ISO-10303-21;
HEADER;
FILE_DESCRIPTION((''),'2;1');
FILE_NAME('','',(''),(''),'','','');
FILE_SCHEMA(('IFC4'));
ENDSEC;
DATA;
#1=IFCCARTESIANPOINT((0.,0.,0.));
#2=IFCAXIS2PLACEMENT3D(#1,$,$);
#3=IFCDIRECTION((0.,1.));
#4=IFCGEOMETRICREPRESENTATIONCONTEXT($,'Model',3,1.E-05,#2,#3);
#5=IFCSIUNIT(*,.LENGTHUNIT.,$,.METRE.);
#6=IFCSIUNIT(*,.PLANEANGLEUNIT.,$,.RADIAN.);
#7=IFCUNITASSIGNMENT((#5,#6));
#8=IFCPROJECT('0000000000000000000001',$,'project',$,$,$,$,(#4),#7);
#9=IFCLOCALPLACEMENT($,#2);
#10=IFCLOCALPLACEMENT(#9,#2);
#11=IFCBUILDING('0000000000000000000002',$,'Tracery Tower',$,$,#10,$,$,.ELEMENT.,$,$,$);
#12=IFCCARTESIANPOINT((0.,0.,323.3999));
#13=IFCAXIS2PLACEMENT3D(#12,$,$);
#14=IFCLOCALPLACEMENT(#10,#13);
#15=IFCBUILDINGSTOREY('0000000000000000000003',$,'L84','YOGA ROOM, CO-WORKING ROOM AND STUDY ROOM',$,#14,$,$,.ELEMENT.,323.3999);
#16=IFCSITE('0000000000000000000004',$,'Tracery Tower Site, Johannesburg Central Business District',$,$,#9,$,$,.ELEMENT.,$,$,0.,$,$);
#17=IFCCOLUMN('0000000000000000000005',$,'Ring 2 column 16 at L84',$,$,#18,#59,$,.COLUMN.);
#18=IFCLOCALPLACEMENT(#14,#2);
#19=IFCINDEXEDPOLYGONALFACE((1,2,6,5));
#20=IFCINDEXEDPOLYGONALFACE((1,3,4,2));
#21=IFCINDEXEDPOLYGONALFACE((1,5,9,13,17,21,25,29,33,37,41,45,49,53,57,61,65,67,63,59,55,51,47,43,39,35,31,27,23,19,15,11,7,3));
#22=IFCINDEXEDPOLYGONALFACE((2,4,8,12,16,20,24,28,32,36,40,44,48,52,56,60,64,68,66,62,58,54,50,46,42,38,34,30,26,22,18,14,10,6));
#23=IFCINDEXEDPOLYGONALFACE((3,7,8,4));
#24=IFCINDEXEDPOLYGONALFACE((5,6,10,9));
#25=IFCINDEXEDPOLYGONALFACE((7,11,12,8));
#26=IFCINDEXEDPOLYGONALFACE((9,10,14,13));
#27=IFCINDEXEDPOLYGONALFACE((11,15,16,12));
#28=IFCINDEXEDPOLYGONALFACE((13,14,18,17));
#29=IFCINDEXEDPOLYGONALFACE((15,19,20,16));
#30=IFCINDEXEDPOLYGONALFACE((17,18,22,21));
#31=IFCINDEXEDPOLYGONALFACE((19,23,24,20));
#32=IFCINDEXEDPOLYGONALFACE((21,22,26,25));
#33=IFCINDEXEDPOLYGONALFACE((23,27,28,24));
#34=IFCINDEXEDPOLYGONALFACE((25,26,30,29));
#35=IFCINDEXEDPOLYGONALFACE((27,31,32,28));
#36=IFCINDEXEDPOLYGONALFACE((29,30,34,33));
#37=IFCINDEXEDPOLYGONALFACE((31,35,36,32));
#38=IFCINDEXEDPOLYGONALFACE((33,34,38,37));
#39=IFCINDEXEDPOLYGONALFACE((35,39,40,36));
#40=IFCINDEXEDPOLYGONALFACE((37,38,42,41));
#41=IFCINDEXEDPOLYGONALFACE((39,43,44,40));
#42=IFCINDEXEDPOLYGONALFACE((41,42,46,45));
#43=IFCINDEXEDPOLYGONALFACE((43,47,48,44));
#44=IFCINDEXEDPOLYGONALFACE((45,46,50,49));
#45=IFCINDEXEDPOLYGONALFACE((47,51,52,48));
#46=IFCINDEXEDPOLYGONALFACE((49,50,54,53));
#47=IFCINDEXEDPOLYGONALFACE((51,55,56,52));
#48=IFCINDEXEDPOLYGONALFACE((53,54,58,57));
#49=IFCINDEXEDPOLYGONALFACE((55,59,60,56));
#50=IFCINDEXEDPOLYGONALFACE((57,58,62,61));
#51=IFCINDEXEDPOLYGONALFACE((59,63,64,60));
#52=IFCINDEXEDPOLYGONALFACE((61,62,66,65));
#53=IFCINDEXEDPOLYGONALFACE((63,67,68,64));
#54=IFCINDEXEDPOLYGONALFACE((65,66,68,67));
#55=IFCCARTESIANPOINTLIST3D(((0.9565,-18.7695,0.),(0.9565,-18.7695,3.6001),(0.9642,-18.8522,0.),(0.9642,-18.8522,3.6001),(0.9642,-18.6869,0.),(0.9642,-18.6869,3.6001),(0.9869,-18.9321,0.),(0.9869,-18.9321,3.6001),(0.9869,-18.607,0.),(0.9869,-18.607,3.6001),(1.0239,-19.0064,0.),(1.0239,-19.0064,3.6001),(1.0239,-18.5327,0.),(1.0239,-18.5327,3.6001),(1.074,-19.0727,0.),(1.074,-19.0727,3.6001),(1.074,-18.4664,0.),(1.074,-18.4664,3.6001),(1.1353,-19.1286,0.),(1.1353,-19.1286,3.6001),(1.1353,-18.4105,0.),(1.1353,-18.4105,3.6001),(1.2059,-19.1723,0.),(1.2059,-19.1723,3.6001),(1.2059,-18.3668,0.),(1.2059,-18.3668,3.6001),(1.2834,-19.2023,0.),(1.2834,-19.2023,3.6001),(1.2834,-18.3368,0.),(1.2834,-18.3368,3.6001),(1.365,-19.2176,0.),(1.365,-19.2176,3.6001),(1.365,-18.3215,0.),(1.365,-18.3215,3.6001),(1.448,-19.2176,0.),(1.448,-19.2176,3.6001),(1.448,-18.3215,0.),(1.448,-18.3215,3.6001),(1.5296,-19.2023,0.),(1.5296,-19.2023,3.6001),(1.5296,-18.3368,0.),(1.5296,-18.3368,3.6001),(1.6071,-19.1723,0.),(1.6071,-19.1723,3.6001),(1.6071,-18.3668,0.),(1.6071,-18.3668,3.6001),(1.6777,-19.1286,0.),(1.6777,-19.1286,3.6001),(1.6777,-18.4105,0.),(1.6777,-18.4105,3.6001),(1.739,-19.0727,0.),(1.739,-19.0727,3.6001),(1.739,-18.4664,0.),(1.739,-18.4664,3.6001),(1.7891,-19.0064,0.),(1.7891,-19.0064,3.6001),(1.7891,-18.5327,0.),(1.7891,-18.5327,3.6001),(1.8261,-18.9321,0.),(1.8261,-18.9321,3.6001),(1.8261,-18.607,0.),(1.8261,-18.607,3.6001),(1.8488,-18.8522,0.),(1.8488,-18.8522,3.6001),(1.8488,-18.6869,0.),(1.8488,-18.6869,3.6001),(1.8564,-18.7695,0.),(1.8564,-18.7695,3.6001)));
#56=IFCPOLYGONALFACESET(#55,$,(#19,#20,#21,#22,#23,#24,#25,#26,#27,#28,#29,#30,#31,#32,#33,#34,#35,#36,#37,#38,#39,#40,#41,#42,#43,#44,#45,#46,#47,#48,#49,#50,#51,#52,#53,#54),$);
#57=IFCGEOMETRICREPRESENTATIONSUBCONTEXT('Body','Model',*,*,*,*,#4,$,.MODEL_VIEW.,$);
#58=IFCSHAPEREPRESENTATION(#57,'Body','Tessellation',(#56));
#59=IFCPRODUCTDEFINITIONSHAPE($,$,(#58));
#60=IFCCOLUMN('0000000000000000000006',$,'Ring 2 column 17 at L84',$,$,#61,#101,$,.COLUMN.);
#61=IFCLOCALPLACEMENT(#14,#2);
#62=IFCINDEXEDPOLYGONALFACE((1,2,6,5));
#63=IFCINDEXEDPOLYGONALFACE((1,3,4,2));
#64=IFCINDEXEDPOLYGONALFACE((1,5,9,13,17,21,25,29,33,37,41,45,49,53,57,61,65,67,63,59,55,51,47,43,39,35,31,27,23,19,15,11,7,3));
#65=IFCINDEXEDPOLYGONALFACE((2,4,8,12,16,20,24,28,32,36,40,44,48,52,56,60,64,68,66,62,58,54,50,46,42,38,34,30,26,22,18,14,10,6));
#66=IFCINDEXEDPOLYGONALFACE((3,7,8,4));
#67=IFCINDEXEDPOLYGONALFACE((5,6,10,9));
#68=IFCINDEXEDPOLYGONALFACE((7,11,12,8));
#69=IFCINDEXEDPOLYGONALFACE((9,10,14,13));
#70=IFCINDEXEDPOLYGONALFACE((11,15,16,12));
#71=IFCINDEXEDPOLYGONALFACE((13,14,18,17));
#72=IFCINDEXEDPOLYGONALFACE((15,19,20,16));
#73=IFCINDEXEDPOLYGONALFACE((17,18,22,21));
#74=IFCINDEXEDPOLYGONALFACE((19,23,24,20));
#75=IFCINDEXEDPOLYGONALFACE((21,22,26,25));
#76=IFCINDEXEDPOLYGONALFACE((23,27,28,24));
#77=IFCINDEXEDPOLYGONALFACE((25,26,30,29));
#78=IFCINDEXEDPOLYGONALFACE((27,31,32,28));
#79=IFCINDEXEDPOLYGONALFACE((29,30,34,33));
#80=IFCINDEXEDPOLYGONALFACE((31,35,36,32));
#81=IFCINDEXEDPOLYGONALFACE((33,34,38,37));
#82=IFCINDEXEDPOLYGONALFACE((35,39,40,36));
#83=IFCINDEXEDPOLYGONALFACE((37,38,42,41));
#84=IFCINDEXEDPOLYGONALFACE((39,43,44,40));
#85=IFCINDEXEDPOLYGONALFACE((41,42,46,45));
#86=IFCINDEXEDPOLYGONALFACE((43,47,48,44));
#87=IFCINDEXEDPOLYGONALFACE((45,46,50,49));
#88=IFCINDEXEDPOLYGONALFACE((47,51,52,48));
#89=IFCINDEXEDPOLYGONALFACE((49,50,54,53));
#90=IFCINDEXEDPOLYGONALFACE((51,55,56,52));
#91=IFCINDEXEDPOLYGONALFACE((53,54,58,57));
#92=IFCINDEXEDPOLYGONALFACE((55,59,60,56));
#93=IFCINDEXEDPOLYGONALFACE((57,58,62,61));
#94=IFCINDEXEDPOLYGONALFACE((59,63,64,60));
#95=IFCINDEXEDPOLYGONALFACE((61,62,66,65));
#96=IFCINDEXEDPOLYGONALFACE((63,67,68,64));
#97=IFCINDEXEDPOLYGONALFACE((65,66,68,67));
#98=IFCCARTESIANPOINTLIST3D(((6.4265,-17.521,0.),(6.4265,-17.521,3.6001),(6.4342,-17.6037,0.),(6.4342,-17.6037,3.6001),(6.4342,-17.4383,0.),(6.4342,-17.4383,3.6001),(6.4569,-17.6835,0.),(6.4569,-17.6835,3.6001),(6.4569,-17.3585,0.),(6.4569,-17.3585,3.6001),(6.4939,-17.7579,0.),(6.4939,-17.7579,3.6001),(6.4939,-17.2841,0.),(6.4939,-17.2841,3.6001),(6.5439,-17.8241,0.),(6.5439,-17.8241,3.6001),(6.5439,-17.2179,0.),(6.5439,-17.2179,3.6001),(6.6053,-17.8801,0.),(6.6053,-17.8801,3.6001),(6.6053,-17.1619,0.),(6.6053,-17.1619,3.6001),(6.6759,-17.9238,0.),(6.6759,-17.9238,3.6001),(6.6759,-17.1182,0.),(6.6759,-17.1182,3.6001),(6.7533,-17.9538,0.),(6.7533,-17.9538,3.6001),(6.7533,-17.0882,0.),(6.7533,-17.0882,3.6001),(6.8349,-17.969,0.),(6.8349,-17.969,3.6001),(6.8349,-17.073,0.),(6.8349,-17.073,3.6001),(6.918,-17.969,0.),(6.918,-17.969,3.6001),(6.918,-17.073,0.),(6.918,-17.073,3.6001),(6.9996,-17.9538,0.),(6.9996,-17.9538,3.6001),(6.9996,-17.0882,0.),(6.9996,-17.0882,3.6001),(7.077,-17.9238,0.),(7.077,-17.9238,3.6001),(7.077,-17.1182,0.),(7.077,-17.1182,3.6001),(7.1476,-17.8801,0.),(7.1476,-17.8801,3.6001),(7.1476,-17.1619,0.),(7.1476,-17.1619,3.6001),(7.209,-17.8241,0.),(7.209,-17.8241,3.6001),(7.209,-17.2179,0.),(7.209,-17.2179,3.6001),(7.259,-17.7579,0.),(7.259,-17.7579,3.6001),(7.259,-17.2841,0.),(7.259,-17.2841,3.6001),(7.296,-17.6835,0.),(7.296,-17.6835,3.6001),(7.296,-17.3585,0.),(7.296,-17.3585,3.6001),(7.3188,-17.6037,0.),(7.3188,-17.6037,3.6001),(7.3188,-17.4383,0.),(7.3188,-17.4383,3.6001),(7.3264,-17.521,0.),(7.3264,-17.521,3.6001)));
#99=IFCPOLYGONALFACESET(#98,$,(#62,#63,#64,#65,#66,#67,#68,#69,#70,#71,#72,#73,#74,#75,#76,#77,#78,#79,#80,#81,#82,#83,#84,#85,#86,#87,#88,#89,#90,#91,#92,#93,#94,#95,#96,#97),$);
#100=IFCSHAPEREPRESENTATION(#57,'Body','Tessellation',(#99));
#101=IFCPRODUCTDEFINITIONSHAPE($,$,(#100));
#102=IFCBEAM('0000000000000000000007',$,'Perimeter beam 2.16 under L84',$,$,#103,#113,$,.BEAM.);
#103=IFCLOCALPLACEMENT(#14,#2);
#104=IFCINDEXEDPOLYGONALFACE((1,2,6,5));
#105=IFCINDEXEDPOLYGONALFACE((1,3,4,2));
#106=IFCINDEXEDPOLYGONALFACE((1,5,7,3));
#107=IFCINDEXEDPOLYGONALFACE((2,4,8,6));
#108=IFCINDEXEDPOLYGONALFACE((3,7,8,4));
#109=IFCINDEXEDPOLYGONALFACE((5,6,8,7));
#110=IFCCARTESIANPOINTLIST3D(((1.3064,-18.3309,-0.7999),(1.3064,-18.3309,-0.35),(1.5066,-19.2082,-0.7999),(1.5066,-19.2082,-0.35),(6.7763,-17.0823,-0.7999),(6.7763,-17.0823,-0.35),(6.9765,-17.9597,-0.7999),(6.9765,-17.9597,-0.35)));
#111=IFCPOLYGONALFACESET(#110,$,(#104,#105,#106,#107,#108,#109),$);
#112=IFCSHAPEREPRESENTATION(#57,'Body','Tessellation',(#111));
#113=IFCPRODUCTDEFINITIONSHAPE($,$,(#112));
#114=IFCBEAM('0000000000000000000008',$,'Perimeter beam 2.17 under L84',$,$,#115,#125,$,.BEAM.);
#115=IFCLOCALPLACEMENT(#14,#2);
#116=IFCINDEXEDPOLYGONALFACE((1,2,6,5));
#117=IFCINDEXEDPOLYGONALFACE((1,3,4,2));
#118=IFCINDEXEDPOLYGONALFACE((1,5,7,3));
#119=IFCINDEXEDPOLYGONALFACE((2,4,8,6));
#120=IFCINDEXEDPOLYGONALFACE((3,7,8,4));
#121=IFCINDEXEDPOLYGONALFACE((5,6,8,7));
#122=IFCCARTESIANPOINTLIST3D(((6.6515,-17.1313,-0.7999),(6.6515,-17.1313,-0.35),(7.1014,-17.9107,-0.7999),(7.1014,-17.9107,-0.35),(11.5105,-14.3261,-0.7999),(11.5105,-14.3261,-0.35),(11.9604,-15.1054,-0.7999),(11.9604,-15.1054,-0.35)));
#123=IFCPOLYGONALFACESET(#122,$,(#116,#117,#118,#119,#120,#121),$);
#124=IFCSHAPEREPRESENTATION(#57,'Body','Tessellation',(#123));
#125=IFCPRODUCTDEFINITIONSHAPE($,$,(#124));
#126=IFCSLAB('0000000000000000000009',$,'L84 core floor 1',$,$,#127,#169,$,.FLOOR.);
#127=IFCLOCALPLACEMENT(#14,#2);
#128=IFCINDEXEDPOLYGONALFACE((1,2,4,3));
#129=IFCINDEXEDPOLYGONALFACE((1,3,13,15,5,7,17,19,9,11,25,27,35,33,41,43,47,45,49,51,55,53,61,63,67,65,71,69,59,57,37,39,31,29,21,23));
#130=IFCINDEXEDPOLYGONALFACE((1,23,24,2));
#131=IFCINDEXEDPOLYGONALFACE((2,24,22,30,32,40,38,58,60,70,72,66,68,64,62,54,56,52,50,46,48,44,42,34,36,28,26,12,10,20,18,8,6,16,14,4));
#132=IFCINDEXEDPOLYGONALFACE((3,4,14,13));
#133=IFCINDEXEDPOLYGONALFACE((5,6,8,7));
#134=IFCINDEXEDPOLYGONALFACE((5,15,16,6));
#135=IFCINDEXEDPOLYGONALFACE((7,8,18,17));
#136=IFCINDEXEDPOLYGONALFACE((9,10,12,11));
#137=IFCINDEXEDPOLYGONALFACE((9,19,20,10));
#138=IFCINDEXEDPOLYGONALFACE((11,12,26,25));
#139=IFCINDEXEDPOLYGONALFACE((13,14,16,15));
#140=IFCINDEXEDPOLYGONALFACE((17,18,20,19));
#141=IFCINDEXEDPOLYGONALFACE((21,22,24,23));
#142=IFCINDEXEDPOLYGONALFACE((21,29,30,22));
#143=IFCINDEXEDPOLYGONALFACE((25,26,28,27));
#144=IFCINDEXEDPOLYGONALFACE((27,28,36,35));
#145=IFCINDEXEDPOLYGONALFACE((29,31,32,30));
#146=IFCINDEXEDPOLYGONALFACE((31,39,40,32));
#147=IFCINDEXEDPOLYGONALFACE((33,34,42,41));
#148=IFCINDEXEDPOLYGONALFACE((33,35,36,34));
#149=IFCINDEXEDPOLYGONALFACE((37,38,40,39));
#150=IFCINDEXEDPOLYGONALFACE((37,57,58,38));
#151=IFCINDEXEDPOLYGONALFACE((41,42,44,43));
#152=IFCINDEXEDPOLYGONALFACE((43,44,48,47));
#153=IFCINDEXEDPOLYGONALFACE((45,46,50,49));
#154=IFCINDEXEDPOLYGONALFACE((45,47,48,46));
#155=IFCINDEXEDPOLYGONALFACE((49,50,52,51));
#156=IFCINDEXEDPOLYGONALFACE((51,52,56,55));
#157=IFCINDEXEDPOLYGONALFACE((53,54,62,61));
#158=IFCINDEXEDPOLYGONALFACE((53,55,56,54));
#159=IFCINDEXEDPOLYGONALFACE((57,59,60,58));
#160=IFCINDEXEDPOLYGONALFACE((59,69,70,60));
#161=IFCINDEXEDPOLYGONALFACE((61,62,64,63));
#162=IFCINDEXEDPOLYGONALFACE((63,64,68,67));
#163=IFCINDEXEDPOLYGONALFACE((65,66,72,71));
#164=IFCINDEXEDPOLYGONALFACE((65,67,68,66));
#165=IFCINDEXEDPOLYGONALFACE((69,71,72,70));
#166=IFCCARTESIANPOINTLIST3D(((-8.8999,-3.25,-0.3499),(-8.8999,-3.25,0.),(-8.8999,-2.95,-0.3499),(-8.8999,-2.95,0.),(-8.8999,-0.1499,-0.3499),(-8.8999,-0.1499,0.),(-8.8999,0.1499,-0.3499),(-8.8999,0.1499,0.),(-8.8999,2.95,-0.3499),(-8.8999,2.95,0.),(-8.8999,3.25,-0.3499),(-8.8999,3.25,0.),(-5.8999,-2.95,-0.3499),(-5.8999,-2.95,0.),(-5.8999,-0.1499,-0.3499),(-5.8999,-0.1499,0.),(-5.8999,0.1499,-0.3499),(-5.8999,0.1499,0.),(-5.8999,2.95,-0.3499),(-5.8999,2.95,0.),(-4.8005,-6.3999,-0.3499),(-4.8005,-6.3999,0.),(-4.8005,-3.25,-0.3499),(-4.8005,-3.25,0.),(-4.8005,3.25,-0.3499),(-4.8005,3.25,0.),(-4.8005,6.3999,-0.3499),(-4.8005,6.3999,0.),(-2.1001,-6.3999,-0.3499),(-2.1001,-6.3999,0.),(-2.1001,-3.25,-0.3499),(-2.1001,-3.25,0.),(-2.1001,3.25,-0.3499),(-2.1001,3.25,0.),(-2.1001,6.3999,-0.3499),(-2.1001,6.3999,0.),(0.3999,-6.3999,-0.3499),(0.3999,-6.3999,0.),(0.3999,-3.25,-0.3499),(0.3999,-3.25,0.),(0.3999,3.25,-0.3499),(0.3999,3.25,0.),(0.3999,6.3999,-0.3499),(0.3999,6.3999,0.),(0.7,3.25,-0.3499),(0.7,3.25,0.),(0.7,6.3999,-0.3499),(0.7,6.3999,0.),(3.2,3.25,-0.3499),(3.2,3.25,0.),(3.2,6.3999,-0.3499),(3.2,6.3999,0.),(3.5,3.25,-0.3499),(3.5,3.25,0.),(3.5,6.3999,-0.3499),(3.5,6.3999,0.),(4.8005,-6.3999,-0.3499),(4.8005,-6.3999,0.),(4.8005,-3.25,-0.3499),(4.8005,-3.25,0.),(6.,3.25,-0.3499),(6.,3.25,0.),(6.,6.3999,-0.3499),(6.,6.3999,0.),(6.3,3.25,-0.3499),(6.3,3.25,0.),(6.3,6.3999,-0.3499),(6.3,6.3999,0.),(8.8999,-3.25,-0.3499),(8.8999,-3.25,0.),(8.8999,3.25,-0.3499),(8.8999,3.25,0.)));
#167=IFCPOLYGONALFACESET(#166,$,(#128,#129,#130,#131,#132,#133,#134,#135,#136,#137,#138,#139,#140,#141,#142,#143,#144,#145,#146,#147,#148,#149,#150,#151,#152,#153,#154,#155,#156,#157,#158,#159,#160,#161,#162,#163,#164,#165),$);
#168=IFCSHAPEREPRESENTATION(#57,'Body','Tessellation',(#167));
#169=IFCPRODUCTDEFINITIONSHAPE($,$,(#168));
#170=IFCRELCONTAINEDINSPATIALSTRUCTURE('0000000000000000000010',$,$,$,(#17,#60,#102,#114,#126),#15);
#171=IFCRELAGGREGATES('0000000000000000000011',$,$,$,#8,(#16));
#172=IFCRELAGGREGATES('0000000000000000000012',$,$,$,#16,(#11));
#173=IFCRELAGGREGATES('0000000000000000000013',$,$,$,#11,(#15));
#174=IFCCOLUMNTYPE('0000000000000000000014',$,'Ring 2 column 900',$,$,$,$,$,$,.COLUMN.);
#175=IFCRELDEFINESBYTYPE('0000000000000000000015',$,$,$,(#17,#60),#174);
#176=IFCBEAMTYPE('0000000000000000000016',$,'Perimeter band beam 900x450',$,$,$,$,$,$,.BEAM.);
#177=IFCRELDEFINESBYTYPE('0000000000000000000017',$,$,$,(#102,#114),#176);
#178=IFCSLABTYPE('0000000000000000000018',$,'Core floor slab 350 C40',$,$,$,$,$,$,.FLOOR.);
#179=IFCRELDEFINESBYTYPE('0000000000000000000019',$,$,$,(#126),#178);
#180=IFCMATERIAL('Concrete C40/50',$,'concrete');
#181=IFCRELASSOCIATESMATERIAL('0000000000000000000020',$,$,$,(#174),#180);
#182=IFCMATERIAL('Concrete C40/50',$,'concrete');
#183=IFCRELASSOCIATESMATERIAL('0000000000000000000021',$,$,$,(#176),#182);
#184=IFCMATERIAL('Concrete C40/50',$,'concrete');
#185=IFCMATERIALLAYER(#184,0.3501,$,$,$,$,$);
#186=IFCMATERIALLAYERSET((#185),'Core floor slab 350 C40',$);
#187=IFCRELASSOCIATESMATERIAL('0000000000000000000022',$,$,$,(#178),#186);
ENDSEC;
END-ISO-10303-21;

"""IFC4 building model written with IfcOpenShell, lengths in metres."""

from ifc_helpers import new_model, si_unit, direction, frame, origin, origin_2d, place, context, subcontext, project, spatial, polyline, rectangle, circle, outline, extrude, material, layer, layer_set, material_profile, profile_set, type_object, element, save


model = new_model("IFC4")

# Units and contexts
model_context = context("Model", 3, precision=1e-05, world=origin(), true_north=direction((0.0, 1.0)))
body_context = subcontext(model_context, "Body", "Model", "MODEL_VIEW")
ifc_project = project(units=[si_unit("LENGTHUNIT", "METRE"), si_unit("PLANEANGLEUNIT", "RADIAN")], contexts=[model_context])

# Site, building, storey
site_placement = place(None, origin())
site = spatial("IfcSite", under=ifc_project, at=site_placement, Name="Tracery Tower Site, Johannesburg Central Business District", CompositionType="ELEMENT", RefElevation=0.0)
building_placement = place(site_placement, origin())
building = spatial("IfcBuilding", under=site, at=building_placement, Name="Tracery Tower", CompositionType="ELEMENT")
storey_placement = place(building_placement, frame((0.0, 0.0, 323.3999)))
storey = spatial("IfcBuildingStorey", under=building, at=storey_placement, Name="L84", Description="YOGA ROOM, CO-WORKING ROOM AND STUDY ROOM", CompositionType="ELEMENT", Elevation=323.3999)

# Columns
ifc_material_1 = material(Name="Concrete C40/50", Category="concrete")
ifc_material_profile_1 = material_profile(ifc_material_1, circle(Radius=0.45, at=origin_2d()), Name="RC D900")
ifc_profile_set_1 = profile_set([ifc_material_profile_1], Name="Concrete C40/50")
column_type = type_object("IfcColumnType", Name="Ring 2 column 900", PredefinedType="COLUMN", material=ifc_profile_set_1)
for number, where, z_axis, x_axis, name in (
    (1, (1.4065, -18.7695, 0.0), (0.0, 0.0, 1.0), (1.0, 0.0, 0.0), "Ring 2 column 16 at L84"),
    (2, (6.8765, -17.521, 0.0), (0.0, 0.0, 1.0), (1.0, 0.0, 0.0), "Ring 2 column 17 at L84"),
):
    element("IfcColumn", number, at=place(storey_placement, frame(where, z_axis=z_axis, x_axis=x_axis)), inside=storey, type_object=column_type, Name=name, PredefinedType="COLUMN", context=body_context, shape_type="SweptSolid", body=[
        extrude(circle(Radius=0.45, at=origin_2d()), origin(), (0.0, 0.0, 1.0), 3.6001),
    ])

# Beams
ifc_material_2 = material(Name="Concrete C40/50", Category="concrete")
ifc_material_profile_2 = material_profile(ifc_material_2, rectangle(XDim=0.8999, YDim=0.45, at=origin_2d()), Name="RC 900x450")
ifc_profile_set_2 = profile_set([ifc_material_profile_2], Name="Concrete C40/50")
beam_type = type_object("IfcBeamType", Name="Perimeter band beam 900x450", PredefinedType="BEAM", material=ifc_profile_set_2)
for number, where, z_axis, x_axis, name in (
    (3, (1.4065, -18.7695, -0.575), (0.974926, 0.222529, 0.0), (-0.222529, 0.974926, 0.0), "Perimeter beam 2.16 under L84"),
    (4, (6.8765, -17.521, -0.575), (0.866033, 0.499986, 0.0), (-0.499986, 0.866033, 0.0), "Perimeter beam 2.17 under L84"),
):
    element("IfcBeam", number, at=place(storey_placement, frame(where, z_axis=z_axis, x_axis=x_axis)), inside=storey, type_object=beam_type, Name=name, PredefinedType="BEAM", context=body_context, shape_type="SweptSolid", body=[
        extrude(rectangle(XDim=0.8999, YDim=0.45, at=origin_2d()), origin(), (0.0, 0.0, 1.0), 5.6106),
    ])

# Slab
ifc_material_3 = material(Name="Concrete C40/50", Category="concrete")
ifc_layer_1 = layer(ifc_material_3, 0.3501)
ifc_layer_set_1 = layer_set([ifc_layer_1], Name="Core floor slab 350 C40")
slab_type_1 = type_object("IfcSlabType", Name="Core floor slab 350 C40", PredefinedType="FLOOR", material=ifc_layer_set_1)
slab_1_placement = place(storey_placement, frame((0.0, 0.0, -0.3499)))
element("IfcSlab", 5, at=slab_1_placement, inside=storey, type_object=slab_type_1, Name="L84 core floor 1", PredefinedType="FLOOR", context=body_context, shape_type="SweptSolid", body=[
    extrude(outline(polyline([(-4.8005, -3.25), (-8.8999, -3.25), (-8.8999, -2.95), (-5.8999, -2.95), (-5.8999, -0.1499), (-8.8999, -0.1499), (-8.8999, 0.1499), (-5.8999, 0.1499), (-5.8999, 2.95), (-8.8999, 2.95), (-8.8999, 3.25), (-4.8005, 3.25), (-4.8005, 6.3999), (-2.1001, 6.3999), (-2.1001, 3.25), (0.3999, 3.25), (0.3999, 6.3999), (0.7, 6.3999), (0.7, 3.25), (3.2, 3.25), (3.2, 6.3999), (3.5, 6.3999), (3.5, 3.25), (6.0, 3.25), (6.0, 6.3999), (6.3, 6.3999), (6.3, 3.25), (8.8999, 3.25), (8.8999, -3.25), (4.8005, -3.25), (4.8005, -6.3999), (0.3999, -6.3999), (0.3999, -3.25), (-2.1001, -3.25), (-2.1001, -6.3999), (-4.8005, -6.3999), (-4.8005, -3.25)])), origin(), (0.0, 0.0, 1.0), 0.3499),
])

save(model, "model.ifc")
